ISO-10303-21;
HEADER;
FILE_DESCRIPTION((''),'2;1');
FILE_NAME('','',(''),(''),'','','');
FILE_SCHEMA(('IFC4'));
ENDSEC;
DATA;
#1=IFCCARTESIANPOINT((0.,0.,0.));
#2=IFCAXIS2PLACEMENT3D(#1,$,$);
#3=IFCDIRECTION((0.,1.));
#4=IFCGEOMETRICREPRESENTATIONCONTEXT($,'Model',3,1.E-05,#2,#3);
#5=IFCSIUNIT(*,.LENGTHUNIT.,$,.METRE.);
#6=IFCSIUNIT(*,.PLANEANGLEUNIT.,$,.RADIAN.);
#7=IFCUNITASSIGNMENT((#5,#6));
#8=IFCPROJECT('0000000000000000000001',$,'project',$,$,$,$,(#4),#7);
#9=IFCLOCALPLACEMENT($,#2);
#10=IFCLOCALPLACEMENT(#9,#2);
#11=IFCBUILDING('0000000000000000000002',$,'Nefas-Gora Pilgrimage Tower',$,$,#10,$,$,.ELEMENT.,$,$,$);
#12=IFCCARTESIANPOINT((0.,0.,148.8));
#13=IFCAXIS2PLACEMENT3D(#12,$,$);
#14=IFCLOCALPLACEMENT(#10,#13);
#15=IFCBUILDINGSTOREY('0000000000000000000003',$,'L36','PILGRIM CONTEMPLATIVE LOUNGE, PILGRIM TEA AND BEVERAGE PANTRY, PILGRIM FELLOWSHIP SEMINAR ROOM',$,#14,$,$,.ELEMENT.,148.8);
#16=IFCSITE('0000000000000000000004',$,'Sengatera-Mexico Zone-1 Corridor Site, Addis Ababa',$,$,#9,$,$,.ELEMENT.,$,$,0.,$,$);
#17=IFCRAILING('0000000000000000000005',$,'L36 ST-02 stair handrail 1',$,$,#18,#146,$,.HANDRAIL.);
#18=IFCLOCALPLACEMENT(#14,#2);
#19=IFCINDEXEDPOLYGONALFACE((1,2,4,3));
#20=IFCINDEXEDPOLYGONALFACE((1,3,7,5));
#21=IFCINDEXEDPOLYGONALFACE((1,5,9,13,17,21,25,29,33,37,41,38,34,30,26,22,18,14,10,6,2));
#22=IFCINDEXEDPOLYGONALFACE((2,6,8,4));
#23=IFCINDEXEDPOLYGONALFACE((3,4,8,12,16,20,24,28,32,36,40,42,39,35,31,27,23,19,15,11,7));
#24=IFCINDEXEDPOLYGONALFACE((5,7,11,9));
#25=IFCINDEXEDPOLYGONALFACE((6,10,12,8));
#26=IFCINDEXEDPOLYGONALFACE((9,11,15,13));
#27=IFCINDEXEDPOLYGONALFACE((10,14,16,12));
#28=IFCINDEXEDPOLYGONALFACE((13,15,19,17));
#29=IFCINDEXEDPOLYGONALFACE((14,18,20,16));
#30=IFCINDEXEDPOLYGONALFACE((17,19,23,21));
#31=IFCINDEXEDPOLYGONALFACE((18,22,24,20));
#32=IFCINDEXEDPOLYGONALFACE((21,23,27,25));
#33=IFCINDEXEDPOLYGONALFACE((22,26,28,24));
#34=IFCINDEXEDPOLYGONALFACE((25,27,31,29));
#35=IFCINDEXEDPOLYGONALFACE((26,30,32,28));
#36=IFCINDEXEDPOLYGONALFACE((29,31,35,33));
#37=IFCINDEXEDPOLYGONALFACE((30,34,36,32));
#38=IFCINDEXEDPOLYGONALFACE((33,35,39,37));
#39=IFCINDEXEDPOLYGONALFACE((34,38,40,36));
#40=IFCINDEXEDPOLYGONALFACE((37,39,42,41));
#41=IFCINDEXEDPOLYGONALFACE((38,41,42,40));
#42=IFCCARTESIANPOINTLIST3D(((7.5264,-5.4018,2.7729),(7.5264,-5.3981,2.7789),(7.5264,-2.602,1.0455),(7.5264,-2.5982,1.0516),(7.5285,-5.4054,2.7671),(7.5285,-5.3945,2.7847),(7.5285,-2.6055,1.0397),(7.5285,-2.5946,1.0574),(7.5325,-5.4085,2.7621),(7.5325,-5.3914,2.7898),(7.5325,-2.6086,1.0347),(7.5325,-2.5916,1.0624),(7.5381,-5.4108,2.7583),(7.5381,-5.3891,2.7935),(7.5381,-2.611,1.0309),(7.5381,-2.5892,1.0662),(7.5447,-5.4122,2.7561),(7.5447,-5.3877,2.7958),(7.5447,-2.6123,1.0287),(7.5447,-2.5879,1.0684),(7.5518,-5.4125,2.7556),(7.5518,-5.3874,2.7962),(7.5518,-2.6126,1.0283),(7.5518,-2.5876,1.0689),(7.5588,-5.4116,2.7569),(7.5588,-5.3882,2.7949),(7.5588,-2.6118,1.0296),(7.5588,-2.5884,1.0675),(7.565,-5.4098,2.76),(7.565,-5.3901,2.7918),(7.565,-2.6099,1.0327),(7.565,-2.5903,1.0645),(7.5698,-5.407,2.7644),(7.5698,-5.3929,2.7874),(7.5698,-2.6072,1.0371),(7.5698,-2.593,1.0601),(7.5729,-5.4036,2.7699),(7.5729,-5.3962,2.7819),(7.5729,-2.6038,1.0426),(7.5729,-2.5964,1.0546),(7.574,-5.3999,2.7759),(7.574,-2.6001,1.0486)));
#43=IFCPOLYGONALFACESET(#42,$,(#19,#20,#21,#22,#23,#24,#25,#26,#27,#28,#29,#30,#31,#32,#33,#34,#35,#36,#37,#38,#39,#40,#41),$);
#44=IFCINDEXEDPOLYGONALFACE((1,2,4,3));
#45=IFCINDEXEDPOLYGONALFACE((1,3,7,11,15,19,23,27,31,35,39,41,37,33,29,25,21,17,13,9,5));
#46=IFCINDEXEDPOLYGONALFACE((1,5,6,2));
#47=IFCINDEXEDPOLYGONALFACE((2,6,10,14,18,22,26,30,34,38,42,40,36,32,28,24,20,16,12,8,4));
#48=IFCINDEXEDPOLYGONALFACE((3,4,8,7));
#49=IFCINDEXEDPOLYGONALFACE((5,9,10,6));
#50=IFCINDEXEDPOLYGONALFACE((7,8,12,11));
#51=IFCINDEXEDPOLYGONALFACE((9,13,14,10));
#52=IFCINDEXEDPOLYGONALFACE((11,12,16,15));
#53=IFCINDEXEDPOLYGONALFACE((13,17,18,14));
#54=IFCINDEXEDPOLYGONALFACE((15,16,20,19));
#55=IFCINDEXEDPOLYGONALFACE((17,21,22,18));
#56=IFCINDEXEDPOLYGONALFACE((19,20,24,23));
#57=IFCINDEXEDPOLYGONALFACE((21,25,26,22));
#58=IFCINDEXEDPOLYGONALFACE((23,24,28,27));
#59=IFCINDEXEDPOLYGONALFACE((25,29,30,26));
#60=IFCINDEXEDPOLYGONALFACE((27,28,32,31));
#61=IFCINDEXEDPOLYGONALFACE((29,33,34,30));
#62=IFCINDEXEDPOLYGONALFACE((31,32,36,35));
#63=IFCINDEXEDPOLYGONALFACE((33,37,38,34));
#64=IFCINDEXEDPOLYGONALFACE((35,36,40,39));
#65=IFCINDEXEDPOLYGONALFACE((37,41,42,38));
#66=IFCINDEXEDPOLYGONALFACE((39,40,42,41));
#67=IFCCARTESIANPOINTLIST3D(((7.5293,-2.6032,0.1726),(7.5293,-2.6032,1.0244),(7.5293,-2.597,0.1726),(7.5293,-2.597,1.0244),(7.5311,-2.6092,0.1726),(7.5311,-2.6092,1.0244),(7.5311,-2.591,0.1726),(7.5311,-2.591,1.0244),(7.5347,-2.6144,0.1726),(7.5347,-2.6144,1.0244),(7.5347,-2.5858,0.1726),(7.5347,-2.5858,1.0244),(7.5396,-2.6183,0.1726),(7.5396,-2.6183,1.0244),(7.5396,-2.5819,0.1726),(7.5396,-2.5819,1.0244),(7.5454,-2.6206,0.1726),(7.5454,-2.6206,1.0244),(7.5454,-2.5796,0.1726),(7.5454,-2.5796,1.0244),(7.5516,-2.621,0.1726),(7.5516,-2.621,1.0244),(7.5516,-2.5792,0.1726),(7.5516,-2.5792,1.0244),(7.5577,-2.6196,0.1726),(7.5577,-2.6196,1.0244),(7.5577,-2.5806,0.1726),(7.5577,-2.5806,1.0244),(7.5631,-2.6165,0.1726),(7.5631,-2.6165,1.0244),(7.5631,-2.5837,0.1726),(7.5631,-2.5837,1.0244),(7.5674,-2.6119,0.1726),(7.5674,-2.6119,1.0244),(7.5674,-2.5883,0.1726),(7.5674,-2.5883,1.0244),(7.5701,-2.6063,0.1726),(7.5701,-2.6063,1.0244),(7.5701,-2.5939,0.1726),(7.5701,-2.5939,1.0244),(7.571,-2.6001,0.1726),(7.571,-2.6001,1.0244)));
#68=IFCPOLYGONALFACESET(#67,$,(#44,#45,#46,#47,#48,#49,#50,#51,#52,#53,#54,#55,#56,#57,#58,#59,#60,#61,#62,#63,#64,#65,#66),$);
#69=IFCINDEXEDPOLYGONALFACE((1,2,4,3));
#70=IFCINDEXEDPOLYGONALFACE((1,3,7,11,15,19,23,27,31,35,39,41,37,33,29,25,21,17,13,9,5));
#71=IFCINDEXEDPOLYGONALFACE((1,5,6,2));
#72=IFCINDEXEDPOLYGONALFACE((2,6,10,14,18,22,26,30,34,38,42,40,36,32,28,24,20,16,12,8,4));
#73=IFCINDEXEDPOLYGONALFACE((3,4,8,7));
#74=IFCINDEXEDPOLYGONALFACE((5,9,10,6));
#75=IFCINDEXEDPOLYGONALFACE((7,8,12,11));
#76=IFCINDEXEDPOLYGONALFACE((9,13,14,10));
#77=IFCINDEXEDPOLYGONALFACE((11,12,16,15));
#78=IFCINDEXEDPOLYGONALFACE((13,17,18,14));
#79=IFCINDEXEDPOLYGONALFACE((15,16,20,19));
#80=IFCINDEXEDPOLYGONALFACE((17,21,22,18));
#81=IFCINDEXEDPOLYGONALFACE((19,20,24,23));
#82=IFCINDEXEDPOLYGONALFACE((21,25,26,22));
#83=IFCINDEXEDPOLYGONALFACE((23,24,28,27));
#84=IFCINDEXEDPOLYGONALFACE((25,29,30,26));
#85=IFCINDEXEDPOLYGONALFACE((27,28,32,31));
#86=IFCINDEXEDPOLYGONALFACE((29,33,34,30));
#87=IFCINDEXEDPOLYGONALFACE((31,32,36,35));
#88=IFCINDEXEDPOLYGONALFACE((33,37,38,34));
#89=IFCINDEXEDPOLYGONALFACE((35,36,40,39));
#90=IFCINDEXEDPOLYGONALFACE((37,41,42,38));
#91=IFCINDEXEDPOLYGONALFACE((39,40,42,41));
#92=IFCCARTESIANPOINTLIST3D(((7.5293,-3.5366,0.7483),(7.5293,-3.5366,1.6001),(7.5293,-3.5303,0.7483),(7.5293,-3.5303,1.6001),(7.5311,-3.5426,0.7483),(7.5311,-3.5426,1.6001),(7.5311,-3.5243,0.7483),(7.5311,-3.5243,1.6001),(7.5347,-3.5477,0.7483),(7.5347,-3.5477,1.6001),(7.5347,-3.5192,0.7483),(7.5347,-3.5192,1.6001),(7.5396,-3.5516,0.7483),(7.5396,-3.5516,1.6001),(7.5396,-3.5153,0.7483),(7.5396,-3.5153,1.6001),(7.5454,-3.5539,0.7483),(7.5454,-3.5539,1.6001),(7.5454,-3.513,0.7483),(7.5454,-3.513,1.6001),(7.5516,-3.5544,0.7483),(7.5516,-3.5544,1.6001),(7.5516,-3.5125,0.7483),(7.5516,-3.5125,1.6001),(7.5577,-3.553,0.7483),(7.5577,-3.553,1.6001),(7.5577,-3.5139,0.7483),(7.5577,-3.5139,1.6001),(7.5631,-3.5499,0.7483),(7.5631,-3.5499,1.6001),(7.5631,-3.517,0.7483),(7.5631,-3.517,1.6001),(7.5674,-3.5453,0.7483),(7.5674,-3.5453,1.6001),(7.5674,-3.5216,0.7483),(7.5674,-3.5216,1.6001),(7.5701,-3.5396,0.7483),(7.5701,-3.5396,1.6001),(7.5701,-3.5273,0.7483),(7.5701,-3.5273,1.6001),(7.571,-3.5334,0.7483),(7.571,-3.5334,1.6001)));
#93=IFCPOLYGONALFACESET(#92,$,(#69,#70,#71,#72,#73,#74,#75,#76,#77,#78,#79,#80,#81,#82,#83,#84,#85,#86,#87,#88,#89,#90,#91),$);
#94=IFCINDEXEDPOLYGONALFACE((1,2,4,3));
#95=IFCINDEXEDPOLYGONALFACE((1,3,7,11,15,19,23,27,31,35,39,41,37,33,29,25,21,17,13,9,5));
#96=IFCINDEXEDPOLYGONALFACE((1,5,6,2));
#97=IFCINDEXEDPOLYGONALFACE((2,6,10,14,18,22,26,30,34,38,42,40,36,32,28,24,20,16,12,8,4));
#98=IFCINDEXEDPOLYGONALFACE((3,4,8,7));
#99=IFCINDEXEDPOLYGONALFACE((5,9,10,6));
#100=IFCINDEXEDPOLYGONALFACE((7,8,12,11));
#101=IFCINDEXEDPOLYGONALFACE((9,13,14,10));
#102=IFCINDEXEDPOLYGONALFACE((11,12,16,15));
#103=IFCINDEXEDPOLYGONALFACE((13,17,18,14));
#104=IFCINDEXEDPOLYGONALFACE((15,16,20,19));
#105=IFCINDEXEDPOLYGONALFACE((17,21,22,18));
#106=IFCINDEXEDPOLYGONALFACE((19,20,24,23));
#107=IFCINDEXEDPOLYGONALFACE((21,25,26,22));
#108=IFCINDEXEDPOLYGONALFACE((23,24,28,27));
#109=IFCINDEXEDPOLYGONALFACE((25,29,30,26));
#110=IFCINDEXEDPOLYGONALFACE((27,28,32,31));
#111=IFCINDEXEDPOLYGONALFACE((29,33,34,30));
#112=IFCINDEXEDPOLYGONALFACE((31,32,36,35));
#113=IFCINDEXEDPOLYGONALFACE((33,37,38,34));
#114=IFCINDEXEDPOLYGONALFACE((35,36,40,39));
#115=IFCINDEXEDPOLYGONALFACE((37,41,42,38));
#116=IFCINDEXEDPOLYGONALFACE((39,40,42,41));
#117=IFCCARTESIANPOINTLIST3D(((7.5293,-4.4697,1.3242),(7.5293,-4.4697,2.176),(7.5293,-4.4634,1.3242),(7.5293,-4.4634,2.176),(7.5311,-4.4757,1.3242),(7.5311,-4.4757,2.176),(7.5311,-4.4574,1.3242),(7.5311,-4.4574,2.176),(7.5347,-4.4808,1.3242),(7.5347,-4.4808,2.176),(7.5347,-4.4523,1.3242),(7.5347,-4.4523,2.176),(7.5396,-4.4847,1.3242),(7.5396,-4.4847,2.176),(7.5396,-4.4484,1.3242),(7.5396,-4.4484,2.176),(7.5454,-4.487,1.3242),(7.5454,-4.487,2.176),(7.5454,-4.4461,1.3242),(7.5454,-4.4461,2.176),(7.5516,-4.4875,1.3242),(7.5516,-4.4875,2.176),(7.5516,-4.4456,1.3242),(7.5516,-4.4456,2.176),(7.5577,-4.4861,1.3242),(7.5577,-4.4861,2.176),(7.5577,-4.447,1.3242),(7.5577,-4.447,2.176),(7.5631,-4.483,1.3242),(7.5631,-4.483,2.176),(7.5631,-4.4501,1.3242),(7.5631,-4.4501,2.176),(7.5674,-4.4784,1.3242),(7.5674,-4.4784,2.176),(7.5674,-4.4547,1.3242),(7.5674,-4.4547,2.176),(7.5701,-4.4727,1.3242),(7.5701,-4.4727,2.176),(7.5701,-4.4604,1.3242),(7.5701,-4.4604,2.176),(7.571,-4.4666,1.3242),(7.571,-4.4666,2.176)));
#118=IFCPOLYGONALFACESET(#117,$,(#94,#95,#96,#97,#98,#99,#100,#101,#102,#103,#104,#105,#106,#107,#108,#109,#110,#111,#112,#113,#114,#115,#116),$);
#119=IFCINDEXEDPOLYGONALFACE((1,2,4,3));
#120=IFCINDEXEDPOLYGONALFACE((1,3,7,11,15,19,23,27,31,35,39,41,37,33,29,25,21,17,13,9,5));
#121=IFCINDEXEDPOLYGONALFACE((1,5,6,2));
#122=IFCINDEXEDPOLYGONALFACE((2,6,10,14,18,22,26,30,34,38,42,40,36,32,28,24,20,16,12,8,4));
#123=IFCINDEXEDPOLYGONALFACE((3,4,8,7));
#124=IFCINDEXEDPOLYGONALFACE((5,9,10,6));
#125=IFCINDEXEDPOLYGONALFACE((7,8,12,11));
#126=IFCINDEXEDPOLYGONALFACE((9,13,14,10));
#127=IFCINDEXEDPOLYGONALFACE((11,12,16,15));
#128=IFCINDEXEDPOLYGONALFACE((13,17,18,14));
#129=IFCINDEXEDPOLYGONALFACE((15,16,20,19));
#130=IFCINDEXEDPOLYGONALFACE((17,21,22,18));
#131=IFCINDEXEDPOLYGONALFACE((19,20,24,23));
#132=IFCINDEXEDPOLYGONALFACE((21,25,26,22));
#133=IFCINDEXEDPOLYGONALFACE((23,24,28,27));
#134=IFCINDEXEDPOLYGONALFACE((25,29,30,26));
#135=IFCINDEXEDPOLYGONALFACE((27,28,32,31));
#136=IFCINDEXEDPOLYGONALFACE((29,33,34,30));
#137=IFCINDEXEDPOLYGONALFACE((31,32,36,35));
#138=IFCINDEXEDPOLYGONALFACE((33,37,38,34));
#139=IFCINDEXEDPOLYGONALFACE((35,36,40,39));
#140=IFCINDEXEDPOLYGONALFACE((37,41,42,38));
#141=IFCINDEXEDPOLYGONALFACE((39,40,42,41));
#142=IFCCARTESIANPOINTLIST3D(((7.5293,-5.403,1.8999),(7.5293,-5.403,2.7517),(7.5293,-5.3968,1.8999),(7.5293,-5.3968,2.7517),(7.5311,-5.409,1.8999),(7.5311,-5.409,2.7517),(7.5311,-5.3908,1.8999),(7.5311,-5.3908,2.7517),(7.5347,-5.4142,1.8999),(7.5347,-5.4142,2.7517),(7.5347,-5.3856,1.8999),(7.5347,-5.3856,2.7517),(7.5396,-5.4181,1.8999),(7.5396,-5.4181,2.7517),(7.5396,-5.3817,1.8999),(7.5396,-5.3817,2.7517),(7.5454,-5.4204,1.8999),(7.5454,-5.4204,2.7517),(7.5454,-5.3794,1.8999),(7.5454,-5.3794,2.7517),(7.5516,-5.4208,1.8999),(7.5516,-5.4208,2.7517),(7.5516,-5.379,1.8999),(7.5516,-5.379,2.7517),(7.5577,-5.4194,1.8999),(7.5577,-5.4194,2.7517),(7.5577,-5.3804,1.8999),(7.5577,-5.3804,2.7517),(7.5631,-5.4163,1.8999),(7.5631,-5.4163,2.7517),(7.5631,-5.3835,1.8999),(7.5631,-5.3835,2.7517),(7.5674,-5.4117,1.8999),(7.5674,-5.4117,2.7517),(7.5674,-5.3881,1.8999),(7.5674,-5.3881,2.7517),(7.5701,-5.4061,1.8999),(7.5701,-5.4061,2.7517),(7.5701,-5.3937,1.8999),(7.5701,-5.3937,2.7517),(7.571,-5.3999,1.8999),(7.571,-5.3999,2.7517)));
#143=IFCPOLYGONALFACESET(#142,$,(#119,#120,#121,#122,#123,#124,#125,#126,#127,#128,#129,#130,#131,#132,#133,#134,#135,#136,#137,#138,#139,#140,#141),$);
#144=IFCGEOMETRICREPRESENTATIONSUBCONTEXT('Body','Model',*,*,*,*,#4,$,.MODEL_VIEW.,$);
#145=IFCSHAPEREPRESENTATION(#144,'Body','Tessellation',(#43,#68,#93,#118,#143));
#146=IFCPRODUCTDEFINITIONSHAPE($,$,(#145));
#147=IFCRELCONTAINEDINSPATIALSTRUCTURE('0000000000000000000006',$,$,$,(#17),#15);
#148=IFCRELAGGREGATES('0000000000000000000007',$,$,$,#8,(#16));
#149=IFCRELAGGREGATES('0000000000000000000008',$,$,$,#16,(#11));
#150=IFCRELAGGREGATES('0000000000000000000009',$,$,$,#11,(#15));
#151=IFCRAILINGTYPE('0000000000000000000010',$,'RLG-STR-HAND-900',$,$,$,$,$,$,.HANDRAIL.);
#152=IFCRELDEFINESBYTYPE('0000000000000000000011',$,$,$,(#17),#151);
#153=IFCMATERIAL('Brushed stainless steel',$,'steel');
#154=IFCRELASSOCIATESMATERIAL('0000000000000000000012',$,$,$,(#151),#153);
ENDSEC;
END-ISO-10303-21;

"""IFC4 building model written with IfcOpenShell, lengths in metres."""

from ifc_helpers import new_model, si_unit, direction, frame, origin, origin_2d, place, context, subcontext, project, spatial, circle, extrude, material, type_object, element, save


model = new_model("IFC4")

# Units and contexts
model_context = context("Model", 3, precision=1e-05, world=origin(), true_north=direction((0.0, 1.0)))
body_context = subcontext(model_context, "Body", "Model", "MODEL_VIEW")
ifc_project = project(units=[si_unit("LENGTHUNIT", "METRE"), si_unit("PLANEANGLEUNIT", "RADIAN")], contexts=[model_context])

# Site, building, storey
site_placement = place(None, origin())
site = spatial("IfcSite", under=ifc_project, at=site_placement, Name="Sengatera-Mexico Zone-1 Corridor Site, Addis Ababa", CompositionType="ELEMENT", RefElevation=0.0)
building_placement = place(site_placement, origin())
building = spatial("IfcBuilding", under=site, at=building_placement, Name="Nefas-Gora Pilgrimage Tower", CompositionType="ELEMENT")
storey_placement = place(building_placement, frame((0.0, 0.0, 148.8)))
storey = spatial("IfcBuildingStorey", under=building, at=storey_placement, Name="L36", Description="PILGRIM CONTEMPLATIVE LOUNGE, PILGRIM TEA AND BEVERAGE PANTRY, PILGRIM FELLOWSHIP SEMINAR ROOM", CompositionType="ELEMENT", Elevation=148.8)

# Railing
ifc_material_1 = material(Name="Brushed stainless steel", Category="steel")
railing_type_1 = type_object("IfcRailingType", Name="RLG-STR-HAND-900", PredefinedType="HANDRAIL", material=ifc_material_1)
railing_1_placement = place(storey_placement, frame((7.55, -2.6001, 0.1726)))
element("IfcRailing", 1, at=railing_1_placement, inside=storey, type_object=railing_type_1, Name="L36 ST-02 stair handrail 1", PredefinedType="HANDRAIL", context=body_context, shape_type="SweptSolid", body=[
    extrude(circle(Radius=0.0239, at=origin_2d()), frame((0.0, 0.0, 0.876), z_axis=(0.0, -0.851069, 0.525054), x_axis=(1.0, 0.0, 0.0)), (0.0, 0.0, 1.0), 3.2898),
    extrude(circle(Radius=0.021, at=origin_2d()), origin(), (0.0, 0.0, 1.0), 0.8518),
    extrude(circle(Radius=0.021, at=origin_2d()), frame((0.0, -0.9333, 0.5757)), (0.0, 0.0, 1.0), 0.8518),
    extrude(circle(Radius=0.021, at=origin_2d()), frame((0.0, -1.8665, 1.1516)), (0.0, 0.0, 1.0), 0.8518),
    extrude(circle(Radius=0.021, at=origin_2d()), frame((0.0, -2.7998, 1.7273)), (0.0, 0.0, 1.0), 0.8518),
])

save(model, "model.ifc")
